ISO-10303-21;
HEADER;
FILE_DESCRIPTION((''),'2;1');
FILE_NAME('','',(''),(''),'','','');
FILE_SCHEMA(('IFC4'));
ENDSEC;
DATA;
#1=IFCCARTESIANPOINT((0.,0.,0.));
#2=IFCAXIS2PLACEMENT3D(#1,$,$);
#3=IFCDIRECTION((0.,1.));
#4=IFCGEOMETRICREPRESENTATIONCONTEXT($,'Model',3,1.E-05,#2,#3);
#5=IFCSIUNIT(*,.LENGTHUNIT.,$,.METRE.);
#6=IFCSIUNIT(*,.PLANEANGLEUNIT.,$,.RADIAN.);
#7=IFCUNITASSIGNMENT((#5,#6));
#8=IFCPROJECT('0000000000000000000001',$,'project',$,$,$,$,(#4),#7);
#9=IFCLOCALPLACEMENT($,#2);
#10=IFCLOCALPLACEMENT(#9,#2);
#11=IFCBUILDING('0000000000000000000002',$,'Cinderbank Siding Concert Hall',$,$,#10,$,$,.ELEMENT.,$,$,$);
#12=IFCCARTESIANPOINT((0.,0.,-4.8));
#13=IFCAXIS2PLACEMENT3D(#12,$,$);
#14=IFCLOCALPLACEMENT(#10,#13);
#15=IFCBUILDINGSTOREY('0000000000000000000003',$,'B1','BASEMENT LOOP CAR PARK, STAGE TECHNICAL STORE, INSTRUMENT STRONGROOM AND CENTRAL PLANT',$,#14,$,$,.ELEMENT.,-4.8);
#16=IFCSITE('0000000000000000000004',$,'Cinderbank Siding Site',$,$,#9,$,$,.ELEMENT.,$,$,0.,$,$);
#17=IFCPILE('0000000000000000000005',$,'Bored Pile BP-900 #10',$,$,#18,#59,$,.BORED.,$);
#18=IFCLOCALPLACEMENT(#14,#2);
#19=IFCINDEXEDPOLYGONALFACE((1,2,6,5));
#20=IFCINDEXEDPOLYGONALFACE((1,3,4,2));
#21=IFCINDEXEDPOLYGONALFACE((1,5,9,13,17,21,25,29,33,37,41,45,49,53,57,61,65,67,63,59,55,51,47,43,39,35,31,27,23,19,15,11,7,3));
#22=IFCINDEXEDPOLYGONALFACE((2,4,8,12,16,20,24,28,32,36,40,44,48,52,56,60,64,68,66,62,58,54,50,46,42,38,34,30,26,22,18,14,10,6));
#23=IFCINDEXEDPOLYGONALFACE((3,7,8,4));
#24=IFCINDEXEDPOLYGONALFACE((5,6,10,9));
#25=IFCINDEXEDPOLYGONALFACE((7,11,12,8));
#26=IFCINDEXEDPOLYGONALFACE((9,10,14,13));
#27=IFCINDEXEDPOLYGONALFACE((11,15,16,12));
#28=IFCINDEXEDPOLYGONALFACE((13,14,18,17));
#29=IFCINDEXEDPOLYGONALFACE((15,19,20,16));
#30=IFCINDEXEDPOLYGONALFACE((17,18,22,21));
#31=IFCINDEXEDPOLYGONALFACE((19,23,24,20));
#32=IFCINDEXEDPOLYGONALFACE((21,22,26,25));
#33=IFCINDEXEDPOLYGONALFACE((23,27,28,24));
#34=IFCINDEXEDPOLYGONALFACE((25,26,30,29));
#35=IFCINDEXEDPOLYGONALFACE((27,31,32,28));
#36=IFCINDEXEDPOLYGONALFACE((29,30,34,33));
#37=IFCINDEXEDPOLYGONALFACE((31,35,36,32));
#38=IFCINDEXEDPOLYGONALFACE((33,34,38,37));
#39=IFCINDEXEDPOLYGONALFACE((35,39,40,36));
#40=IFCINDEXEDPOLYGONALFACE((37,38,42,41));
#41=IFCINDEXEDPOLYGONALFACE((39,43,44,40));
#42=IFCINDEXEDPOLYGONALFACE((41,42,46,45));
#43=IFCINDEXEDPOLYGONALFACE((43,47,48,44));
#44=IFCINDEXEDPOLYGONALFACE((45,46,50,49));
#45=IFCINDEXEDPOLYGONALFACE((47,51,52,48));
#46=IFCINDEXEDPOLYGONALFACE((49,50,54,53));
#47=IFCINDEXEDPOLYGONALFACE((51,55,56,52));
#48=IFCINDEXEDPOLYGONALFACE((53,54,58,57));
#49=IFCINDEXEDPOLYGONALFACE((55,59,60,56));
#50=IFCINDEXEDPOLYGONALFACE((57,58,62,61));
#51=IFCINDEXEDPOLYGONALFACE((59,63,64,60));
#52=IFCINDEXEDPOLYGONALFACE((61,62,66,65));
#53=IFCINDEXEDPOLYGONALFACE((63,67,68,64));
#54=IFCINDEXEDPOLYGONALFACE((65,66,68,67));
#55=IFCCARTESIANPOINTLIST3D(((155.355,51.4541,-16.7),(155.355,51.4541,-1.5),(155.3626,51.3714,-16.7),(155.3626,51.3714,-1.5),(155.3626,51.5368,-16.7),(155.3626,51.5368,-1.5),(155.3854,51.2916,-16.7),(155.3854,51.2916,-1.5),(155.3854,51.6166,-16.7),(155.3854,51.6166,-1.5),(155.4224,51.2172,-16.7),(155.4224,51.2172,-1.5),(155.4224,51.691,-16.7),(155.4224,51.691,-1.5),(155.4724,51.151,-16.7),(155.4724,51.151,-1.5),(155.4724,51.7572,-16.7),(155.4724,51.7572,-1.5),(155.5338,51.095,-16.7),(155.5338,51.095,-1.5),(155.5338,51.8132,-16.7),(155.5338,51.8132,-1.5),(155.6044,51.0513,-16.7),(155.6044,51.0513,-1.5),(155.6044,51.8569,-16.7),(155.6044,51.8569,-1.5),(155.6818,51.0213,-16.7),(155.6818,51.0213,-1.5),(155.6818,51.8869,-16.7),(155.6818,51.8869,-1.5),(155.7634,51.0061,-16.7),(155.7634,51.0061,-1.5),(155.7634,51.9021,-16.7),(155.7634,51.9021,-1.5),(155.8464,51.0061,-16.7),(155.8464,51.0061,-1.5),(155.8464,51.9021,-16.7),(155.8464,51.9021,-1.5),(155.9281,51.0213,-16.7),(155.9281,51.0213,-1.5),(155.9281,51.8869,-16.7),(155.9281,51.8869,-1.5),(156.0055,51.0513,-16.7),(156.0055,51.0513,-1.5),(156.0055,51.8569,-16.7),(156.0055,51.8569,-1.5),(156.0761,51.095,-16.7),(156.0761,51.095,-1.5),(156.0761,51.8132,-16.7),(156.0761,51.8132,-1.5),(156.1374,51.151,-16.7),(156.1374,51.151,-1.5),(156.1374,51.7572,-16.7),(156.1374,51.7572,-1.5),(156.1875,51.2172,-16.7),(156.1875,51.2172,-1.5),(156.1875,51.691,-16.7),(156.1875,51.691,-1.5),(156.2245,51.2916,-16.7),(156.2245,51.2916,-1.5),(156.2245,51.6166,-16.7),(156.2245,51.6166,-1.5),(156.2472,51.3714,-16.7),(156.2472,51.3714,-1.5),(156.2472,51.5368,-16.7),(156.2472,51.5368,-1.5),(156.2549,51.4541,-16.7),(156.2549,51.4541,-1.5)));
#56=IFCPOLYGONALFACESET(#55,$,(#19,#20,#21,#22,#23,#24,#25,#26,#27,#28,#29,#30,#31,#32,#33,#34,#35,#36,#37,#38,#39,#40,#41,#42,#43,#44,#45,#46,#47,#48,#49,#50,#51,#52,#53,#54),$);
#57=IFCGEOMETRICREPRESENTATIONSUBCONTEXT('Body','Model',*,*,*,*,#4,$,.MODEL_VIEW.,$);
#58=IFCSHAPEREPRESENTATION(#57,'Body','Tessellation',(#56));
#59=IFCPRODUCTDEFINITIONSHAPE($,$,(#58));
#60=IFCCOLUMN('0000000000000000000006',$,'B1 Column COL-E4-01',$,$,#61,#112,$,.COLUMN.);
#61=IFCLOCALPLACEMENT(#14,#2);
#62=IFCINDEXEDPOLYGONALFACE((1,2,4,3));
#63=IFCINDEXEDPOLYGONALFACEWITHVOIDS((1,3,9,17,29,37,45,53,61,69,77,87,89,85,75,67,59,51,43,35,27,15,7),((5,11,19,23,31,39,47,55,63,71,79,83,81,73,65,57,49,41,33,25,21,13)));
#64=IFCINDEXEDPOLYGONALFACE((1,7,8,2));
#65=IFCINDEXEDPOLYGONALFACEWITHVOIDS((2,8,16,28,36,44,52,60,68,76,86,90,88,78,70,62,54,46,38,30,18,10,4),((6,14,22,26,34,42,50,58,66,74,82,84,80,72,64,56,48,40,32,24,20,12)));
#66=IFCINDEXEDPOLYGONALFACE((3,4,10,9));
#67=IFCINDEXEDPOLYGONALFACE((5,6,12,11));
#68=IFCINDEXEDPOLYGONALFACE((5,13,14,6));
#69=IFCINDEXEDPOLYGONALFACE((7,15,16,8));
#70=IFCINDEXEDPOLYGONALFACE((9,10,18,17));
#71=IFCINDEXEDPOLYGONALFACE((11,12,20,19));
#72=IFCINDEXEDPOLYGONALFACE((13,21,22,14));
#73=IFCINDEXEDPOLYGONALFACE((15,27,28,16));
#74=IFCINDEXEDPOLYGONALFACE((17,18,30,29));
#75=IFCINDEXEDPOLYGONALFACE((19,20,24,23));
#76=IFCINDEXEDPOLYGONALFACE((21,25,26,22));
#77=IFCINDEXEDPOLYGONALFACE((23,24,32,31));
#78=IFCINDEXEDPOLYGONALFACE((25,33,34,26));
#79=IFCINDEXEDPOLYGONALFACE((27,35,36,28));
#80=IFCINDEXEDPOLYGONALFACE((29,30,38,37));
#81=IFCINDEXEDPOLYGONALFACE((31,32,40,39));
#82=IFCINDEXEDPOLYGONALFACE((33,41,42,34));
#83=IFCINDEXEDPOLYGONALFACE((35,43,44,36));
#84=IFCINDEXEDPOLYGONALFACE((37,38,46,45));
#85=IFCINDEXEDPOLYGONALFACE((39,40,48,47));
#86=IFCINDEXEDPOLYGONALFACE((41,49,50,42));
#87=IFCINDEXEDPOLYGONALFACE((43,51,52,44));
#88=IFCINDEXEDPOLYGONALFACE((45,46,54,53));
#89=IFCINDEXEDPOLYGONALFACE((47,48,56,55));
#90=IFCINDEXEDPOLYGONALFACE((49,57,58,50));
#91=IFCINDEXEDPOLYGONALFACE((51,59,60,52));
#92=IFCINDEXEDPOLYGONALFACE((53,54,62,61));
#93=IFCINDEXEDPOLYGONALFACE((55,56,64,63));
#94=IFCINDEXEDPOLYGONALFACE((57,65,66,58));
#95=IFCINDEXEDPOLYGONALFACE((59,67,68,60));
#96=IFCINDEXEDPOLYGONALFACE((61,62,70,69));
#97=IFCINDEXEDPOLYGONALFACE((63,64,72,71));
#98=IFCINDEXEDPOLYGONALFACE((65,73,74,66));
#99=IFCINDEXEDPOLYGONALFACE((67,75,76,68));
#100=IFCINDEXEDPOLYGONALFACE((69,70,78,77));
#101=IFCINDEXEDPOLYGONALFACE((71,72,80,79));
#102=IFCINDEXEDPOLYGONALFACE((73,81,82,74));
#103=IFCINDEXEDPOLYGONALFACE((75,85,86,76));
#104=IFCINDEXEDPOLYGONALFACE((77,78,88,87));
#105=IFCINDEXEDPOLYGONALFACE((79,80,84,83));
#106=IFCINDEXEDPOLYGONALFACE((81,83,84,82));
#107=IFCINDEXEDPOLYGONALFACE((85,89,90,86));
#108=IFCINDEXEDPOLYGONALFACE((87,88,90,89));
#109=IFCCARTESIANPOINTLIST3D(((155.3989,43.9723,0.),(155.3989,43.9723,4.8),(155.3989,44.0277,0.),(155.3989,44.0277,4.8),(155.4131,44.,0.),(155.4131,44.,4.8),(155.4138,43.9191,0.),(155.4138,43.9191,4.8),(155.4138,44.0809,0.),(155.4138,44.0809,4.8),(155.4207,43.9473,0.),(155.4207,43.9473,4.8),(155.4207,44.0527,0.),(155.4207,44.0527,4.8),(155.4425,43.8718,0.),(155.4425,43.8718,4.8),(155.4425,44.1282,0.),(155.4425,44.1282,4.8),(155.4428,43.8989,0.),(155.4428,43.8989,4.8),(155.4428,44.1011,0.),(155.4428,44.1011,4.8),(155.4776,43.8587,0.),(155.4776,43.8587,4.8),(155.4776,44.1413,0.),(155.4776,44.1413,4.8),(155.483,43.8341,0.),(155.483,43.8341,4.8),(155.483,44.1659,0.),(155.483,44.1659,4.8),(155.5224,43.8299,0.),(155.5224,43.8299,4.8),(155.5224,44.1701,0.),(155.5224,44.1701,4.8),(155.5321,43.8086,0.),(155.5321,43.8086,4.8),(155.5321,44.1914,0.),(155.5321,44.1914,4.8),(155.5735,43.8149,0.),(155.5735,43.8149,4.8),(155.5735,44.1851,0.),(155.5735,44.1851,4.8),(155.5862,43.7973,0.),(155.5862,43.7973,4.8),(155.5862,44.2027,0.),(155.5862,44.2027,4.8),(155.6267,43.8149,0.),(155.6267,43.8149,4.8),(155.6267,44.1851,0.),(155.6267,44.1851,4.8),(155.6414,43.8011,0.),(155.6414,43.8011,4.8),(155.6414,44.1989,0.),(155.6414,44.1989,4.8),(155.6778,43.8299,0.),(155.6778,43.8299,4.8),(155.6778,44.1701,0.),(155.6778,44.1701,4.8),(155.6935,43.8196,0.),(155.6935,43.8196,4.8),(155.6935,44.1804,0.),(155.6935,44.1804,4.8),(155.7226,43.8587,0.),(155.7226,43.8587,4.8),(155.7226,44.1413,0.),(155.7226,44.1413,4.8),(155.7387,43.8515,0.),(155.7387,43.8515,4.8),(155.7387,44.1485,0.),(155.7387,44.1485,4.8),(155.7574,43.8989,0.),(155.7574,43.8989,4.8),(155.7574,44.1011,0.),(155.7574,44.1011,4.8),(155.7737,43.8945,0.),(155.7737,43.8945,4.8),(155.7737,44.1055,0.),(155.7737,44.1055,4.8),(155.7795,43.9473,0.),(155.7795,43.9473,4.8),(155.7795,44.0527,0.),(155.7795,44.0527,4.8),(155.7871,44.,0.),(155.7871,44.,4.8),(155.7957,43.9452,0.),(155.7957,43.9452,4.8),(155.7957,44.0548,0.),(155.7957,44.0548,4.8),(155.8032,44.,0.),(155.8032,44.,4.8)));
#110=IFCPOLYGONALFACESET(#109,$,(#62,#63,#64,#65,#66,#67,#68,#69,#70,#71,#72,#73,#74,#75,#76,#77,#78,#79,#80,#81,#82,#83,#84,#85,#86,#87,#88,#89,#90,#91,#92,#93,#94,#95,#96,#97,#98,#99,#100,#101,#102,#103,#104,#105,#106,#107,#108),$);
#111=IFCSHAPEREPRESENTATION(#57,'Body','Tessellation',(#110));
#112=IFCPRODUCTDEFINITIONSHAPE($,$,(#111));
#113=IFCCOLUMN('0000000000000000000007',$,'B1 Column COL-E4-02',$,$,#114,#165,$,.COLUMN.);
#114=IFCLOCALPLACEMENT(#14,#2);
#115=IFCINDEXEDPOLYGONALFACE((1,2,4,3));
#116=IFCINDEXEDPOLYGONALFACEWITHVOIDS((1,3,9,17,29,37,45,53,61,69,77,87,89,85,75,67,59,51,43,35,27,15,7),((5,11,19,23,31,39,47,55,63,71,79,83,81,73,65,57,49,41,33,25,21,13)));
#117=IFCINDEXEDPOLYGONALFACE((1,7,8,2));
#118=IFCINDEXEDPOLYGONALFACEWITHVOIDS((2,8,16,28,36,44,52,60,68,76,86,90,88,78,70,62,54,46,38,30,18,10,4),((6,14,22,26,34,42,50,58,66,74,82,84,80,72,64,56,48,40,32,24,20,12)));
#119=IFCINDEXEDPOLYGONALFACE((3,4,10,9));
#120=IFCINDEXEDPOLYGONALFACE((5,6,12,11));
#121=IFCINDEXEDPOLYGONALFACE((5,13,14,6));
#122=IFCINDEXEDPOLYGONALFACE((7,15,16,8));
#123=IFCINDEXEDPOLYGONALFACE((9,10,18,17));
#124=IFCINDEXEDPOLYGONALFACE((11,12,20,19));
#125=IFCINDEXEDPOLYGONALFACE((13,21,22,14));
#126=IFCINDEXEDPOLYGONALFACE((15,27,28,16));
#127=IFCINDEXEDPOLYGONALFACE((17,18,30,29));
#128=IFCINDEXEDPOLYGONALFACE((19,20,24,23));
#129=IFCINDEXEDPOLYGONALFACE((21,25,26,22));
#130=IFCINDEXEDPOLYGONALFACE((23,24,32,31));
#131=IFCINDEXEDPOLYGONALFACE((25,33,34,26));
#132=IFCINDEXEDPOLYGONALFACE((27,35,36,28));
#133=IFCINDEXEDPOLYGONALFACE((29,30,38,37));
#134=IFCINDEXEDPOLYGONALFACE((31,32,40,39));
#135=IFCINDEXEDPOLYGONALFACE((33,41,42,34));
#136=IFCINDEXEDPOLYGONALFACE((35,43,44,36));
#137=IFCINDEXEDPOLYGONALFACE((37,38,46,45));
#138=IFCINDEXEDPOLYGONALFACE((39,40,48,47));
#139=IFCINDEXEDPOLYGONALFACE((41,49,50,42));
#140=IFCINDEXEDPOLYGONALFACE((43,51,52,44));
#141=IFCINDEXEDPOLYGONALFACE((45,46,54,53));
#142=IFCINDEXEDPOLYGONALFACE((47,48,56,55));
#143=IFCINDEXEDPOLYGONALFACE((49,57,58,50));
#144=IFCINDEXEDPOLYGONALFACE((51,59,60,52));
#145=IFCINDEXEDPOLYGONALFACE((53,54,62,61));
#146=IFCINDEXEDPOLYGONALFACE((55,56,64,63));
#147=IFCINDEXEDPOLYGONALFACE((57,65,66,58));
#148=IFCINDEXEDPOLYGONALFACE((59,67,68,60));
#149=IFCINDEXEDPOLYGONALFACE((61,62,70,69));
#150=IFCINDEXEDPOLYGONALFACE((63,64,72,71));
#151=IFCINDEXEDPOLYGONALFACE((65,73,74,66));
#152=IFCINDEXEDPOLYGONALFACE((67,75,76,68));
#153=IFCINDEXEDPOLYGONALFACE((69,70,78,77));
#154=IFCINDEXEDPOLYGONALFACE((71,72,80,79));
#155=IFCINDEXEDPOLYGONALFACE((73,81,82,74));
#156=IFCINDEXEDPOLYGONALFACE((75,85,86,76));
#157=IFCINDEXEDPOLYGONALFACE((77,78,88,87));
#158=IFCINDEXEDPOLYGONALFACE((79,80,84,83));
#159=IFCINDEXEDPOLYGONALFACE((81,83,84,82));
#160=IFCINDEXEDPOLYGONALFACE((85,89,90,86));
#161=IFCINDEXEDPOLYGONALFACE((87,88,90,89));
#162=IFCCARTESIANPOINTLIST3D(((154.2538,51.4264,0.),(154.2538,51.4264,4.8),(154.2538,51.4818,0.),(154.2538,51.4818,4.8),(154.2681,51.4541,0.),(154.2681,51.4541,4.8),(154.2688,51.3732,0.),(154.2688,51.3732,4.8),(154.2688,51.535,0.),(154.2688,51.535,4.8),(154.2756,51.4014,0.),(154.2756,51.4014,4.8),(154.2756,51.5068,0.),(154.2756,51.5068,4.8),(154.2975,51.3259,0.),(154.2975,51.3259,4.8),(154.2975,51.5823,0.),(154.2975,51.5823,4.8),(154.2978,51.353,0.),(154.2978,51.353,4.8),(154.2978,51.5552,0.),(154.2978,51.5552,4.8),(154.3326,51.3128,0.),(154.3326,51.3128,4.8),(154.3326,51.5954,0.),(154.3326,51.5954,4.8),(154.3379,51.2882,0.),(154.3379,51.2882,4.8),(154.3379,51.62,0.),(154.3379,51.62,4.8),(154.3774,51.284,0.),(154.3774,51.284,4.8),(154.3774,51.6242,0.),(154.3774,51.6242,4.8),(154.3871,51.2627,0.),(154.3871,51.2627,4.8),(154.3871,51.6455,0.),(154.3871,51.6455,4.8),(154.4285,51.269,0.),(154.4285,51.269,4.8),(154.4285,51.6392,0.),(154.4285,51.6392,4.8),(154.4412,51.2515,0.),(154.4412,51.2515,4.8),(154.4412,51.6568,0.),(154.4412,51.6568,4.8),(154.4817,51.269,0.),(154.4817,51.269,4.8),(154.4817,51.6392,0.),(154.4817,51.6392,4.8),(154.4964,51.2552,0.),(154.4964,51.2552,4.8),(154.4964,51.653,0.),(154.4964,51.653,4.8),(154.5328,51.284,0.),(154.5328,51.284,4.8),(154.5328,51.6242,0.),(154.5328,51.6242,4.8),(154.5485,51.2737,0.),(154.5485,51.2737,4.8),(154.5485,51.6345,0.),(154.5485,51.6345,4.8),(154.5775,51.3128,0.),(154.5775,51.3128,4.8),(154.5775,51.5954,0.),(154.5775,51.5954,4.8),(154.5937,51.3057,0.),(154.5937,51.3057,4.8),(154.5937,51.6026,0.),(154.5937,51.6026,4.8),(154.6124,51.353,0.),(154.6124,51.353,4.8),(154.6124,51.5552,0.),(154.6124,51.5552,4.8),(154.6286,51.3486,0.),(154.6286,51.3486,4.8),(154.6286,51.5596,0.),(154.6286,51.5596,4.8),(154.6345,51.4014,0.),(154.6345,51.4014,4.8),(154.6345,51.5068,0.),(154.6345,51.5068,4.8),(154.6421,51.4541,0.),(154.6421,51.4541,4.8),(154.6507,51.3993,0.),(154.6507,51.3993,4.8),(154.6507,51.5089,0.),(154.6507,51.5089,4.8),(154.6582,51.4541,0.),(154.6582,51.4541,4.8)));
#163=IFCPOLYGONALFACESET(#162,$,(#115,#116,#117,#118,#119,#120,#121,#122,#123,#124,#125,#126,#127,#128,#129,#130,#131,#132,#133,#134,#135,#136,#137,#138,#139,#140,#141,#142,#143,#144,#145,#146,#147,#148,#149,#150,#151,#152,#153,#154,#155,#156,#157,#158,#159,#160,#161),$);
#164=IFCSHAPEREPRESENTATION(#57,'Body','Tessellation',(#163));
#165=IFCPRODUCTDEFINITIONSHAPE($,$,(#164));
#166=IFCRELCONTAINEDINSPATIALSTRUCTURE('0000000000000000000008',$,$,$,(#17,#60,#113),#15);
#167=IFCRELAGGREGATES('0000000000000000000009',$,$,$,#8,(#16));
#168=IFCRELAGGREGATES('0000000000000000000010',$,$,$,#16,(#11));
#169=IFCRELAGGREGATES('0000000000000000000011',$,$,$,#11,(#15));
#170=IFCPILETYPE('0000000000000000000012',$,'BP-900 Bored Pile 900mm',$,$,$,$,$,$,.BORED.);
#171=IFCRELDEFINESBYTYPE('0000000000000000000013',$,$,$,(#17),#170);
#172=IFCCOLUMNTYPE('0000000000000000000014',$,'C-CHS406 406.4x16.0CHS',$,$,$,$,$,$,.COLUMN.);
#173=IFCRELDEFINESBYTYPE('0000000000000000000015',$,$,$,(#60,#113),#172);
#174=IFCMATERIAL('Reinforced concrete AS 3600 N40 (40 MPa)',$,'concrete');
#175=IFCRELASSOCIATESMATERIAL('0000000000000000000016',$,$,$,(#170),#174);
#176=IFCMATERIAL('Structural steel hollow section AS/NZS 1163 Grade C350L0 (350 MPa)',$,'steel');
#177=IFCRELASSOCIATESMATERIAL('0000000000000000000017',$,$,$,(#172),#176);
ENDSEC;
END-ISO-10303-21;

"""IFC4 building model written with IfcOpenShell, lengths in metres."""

from ifc_helpers import new_model, si_unit, direction, frame, origin, origin_2d, place, context, subcontext, project, spatial, circle, hollow_circle, extrude, material, material_profile, profile_set, type_object, element, save


model = new_model("IFC4")

# Units and contexts
model_context = context("Model", 3, precision=1e-05, world=origin(), true_north=direction((0.0, 1.0)))
body_context = subcontext(model_context, "Body", "Model", "MODEL_VIEW")
ifc_project = project(units=[si_unit("LENGTHUNIT", "METRE"), si_unit("PLANEANGLEUNIT", "RADIAN")], contexts=[model_context])

# Site, building, storey
site_placement = place(None, origin())
site = spatial("IfcSite", under=ifc_project, at=site_placement, Name="Cinderbank Siding Site", CompositionType="ELEMENT", RefElevation=0.0)
building_placement = place(site_placement, origin())
building = spatial("IfcBuilding", under=site, at=building_placement, Name="Cinderbank Siding Concert Hall", CompositionType="ELEMENT")
storey_placement = place(building_placement, frame((0.0, 0.0, -4.8)))
storey = spatial("IfcBuildingStorey", under=building, at=storey_placement, Name="B1", Description="BASEMENT LOOP CAR PARK, STAGE TECHNICAL STORE, INSTRUMENT STRONGROOM AND CENTRAL PLANT", CompositionType="ELEMENT", Elevation=-4.8)

# Pile
ifc_material_1 = material(Name="Reinforced concrete AS 3600 N40 (40 MPa)", Category="concrete")
ifc_material_profile_1 = material_profile(ifc_material_1, circle(Radius=0.45, at=origin_2d()), Name="PILE-900DIA", Category="LoadBearing")
ifc_profile_set_1 = profile_set([ifc_material_profile_1], Name="Reinforced concrete AS 3600 N40 (40 MPa)")
pile_type_1 = type_object("IfcPileType", Name="BP-900 Bored Pile 900mm", PredefinedType="BORED", material=ifc_profile_set_1)
for number, where, z_axis, x_axis, name in (
    (1, (155.8049, 51.4541, -1.5), (0.0, 0.0, -1.0), (1.0, 0.0, 0.0), "Bored Pile BP-900 #10"),
):
    element("IfcPile", number, at=place(storey_placement, frame(where, z_axis=z_axis, x_axis=x_axis)), inside=storey, type_object=pile_type_1, Name=name, PredefinedType="BORED", context=body_context, shape_type="SweptSolid", body=[
        extrude(circle(Radius=0.45, at=origin_2d()), origin(), (0.0, 0.0, 1.0), 15.2),
    ])

# Columns
ifc_material_2 = material(Name="Structural steel hollow section AS/NZS 1163 Grade C350L0 (350 MPa)", Category="steel")
ifc_material_profile_2 = material_profile(ifc_material_2, hollow_circle(Radius=0.2031, WallThickness=0.0161, at=origin_2d()), Name="406.4x16.0CHS", Category="LoadBearing")
ifc_profile_set_2 = profile_set([ifc_material_profile_2], Name="Structural steel hollow section AS/NZS 1163 Grade C350L0 (350 MPa)")
column_type_1 = type_object("IfcColumnType", Name="C-CHS406 406.4x16.0CHS", PredefinedType="COLUMN", material=ifc_profile_set_2)
for number, where, z_axis, x_axis, name in (
    (2, (155.6001, 44.0, 0.0), (0.0, 0.0, 1.0), (1.0, 0.0, 0.0), "B1 Column COL-E4-01"),
    (3, (154.4551, 51.4541, 0.0), (0.0, 0.0, 1.0), (1.0, 0.0, 0.0), "B1 Column COL-E4-02"),
):
    element("IfcColumn", number, at=place(storey_placement, frame(where, z_axis=z_axis, x_axis=x_axis)), inside=storey, type_object=column_type_1, Name=name, PredefinedType="COLUMN", context=body_context, shape_type="SweptSolid", body=[
        extrude(hollow_circle(Radius=0.2031, WallThickness=0.0161, at=origin_2d()), origin(), (0.0, 0.0, 1.0), 4.8),
    ])

save(model, "model.ifc")
